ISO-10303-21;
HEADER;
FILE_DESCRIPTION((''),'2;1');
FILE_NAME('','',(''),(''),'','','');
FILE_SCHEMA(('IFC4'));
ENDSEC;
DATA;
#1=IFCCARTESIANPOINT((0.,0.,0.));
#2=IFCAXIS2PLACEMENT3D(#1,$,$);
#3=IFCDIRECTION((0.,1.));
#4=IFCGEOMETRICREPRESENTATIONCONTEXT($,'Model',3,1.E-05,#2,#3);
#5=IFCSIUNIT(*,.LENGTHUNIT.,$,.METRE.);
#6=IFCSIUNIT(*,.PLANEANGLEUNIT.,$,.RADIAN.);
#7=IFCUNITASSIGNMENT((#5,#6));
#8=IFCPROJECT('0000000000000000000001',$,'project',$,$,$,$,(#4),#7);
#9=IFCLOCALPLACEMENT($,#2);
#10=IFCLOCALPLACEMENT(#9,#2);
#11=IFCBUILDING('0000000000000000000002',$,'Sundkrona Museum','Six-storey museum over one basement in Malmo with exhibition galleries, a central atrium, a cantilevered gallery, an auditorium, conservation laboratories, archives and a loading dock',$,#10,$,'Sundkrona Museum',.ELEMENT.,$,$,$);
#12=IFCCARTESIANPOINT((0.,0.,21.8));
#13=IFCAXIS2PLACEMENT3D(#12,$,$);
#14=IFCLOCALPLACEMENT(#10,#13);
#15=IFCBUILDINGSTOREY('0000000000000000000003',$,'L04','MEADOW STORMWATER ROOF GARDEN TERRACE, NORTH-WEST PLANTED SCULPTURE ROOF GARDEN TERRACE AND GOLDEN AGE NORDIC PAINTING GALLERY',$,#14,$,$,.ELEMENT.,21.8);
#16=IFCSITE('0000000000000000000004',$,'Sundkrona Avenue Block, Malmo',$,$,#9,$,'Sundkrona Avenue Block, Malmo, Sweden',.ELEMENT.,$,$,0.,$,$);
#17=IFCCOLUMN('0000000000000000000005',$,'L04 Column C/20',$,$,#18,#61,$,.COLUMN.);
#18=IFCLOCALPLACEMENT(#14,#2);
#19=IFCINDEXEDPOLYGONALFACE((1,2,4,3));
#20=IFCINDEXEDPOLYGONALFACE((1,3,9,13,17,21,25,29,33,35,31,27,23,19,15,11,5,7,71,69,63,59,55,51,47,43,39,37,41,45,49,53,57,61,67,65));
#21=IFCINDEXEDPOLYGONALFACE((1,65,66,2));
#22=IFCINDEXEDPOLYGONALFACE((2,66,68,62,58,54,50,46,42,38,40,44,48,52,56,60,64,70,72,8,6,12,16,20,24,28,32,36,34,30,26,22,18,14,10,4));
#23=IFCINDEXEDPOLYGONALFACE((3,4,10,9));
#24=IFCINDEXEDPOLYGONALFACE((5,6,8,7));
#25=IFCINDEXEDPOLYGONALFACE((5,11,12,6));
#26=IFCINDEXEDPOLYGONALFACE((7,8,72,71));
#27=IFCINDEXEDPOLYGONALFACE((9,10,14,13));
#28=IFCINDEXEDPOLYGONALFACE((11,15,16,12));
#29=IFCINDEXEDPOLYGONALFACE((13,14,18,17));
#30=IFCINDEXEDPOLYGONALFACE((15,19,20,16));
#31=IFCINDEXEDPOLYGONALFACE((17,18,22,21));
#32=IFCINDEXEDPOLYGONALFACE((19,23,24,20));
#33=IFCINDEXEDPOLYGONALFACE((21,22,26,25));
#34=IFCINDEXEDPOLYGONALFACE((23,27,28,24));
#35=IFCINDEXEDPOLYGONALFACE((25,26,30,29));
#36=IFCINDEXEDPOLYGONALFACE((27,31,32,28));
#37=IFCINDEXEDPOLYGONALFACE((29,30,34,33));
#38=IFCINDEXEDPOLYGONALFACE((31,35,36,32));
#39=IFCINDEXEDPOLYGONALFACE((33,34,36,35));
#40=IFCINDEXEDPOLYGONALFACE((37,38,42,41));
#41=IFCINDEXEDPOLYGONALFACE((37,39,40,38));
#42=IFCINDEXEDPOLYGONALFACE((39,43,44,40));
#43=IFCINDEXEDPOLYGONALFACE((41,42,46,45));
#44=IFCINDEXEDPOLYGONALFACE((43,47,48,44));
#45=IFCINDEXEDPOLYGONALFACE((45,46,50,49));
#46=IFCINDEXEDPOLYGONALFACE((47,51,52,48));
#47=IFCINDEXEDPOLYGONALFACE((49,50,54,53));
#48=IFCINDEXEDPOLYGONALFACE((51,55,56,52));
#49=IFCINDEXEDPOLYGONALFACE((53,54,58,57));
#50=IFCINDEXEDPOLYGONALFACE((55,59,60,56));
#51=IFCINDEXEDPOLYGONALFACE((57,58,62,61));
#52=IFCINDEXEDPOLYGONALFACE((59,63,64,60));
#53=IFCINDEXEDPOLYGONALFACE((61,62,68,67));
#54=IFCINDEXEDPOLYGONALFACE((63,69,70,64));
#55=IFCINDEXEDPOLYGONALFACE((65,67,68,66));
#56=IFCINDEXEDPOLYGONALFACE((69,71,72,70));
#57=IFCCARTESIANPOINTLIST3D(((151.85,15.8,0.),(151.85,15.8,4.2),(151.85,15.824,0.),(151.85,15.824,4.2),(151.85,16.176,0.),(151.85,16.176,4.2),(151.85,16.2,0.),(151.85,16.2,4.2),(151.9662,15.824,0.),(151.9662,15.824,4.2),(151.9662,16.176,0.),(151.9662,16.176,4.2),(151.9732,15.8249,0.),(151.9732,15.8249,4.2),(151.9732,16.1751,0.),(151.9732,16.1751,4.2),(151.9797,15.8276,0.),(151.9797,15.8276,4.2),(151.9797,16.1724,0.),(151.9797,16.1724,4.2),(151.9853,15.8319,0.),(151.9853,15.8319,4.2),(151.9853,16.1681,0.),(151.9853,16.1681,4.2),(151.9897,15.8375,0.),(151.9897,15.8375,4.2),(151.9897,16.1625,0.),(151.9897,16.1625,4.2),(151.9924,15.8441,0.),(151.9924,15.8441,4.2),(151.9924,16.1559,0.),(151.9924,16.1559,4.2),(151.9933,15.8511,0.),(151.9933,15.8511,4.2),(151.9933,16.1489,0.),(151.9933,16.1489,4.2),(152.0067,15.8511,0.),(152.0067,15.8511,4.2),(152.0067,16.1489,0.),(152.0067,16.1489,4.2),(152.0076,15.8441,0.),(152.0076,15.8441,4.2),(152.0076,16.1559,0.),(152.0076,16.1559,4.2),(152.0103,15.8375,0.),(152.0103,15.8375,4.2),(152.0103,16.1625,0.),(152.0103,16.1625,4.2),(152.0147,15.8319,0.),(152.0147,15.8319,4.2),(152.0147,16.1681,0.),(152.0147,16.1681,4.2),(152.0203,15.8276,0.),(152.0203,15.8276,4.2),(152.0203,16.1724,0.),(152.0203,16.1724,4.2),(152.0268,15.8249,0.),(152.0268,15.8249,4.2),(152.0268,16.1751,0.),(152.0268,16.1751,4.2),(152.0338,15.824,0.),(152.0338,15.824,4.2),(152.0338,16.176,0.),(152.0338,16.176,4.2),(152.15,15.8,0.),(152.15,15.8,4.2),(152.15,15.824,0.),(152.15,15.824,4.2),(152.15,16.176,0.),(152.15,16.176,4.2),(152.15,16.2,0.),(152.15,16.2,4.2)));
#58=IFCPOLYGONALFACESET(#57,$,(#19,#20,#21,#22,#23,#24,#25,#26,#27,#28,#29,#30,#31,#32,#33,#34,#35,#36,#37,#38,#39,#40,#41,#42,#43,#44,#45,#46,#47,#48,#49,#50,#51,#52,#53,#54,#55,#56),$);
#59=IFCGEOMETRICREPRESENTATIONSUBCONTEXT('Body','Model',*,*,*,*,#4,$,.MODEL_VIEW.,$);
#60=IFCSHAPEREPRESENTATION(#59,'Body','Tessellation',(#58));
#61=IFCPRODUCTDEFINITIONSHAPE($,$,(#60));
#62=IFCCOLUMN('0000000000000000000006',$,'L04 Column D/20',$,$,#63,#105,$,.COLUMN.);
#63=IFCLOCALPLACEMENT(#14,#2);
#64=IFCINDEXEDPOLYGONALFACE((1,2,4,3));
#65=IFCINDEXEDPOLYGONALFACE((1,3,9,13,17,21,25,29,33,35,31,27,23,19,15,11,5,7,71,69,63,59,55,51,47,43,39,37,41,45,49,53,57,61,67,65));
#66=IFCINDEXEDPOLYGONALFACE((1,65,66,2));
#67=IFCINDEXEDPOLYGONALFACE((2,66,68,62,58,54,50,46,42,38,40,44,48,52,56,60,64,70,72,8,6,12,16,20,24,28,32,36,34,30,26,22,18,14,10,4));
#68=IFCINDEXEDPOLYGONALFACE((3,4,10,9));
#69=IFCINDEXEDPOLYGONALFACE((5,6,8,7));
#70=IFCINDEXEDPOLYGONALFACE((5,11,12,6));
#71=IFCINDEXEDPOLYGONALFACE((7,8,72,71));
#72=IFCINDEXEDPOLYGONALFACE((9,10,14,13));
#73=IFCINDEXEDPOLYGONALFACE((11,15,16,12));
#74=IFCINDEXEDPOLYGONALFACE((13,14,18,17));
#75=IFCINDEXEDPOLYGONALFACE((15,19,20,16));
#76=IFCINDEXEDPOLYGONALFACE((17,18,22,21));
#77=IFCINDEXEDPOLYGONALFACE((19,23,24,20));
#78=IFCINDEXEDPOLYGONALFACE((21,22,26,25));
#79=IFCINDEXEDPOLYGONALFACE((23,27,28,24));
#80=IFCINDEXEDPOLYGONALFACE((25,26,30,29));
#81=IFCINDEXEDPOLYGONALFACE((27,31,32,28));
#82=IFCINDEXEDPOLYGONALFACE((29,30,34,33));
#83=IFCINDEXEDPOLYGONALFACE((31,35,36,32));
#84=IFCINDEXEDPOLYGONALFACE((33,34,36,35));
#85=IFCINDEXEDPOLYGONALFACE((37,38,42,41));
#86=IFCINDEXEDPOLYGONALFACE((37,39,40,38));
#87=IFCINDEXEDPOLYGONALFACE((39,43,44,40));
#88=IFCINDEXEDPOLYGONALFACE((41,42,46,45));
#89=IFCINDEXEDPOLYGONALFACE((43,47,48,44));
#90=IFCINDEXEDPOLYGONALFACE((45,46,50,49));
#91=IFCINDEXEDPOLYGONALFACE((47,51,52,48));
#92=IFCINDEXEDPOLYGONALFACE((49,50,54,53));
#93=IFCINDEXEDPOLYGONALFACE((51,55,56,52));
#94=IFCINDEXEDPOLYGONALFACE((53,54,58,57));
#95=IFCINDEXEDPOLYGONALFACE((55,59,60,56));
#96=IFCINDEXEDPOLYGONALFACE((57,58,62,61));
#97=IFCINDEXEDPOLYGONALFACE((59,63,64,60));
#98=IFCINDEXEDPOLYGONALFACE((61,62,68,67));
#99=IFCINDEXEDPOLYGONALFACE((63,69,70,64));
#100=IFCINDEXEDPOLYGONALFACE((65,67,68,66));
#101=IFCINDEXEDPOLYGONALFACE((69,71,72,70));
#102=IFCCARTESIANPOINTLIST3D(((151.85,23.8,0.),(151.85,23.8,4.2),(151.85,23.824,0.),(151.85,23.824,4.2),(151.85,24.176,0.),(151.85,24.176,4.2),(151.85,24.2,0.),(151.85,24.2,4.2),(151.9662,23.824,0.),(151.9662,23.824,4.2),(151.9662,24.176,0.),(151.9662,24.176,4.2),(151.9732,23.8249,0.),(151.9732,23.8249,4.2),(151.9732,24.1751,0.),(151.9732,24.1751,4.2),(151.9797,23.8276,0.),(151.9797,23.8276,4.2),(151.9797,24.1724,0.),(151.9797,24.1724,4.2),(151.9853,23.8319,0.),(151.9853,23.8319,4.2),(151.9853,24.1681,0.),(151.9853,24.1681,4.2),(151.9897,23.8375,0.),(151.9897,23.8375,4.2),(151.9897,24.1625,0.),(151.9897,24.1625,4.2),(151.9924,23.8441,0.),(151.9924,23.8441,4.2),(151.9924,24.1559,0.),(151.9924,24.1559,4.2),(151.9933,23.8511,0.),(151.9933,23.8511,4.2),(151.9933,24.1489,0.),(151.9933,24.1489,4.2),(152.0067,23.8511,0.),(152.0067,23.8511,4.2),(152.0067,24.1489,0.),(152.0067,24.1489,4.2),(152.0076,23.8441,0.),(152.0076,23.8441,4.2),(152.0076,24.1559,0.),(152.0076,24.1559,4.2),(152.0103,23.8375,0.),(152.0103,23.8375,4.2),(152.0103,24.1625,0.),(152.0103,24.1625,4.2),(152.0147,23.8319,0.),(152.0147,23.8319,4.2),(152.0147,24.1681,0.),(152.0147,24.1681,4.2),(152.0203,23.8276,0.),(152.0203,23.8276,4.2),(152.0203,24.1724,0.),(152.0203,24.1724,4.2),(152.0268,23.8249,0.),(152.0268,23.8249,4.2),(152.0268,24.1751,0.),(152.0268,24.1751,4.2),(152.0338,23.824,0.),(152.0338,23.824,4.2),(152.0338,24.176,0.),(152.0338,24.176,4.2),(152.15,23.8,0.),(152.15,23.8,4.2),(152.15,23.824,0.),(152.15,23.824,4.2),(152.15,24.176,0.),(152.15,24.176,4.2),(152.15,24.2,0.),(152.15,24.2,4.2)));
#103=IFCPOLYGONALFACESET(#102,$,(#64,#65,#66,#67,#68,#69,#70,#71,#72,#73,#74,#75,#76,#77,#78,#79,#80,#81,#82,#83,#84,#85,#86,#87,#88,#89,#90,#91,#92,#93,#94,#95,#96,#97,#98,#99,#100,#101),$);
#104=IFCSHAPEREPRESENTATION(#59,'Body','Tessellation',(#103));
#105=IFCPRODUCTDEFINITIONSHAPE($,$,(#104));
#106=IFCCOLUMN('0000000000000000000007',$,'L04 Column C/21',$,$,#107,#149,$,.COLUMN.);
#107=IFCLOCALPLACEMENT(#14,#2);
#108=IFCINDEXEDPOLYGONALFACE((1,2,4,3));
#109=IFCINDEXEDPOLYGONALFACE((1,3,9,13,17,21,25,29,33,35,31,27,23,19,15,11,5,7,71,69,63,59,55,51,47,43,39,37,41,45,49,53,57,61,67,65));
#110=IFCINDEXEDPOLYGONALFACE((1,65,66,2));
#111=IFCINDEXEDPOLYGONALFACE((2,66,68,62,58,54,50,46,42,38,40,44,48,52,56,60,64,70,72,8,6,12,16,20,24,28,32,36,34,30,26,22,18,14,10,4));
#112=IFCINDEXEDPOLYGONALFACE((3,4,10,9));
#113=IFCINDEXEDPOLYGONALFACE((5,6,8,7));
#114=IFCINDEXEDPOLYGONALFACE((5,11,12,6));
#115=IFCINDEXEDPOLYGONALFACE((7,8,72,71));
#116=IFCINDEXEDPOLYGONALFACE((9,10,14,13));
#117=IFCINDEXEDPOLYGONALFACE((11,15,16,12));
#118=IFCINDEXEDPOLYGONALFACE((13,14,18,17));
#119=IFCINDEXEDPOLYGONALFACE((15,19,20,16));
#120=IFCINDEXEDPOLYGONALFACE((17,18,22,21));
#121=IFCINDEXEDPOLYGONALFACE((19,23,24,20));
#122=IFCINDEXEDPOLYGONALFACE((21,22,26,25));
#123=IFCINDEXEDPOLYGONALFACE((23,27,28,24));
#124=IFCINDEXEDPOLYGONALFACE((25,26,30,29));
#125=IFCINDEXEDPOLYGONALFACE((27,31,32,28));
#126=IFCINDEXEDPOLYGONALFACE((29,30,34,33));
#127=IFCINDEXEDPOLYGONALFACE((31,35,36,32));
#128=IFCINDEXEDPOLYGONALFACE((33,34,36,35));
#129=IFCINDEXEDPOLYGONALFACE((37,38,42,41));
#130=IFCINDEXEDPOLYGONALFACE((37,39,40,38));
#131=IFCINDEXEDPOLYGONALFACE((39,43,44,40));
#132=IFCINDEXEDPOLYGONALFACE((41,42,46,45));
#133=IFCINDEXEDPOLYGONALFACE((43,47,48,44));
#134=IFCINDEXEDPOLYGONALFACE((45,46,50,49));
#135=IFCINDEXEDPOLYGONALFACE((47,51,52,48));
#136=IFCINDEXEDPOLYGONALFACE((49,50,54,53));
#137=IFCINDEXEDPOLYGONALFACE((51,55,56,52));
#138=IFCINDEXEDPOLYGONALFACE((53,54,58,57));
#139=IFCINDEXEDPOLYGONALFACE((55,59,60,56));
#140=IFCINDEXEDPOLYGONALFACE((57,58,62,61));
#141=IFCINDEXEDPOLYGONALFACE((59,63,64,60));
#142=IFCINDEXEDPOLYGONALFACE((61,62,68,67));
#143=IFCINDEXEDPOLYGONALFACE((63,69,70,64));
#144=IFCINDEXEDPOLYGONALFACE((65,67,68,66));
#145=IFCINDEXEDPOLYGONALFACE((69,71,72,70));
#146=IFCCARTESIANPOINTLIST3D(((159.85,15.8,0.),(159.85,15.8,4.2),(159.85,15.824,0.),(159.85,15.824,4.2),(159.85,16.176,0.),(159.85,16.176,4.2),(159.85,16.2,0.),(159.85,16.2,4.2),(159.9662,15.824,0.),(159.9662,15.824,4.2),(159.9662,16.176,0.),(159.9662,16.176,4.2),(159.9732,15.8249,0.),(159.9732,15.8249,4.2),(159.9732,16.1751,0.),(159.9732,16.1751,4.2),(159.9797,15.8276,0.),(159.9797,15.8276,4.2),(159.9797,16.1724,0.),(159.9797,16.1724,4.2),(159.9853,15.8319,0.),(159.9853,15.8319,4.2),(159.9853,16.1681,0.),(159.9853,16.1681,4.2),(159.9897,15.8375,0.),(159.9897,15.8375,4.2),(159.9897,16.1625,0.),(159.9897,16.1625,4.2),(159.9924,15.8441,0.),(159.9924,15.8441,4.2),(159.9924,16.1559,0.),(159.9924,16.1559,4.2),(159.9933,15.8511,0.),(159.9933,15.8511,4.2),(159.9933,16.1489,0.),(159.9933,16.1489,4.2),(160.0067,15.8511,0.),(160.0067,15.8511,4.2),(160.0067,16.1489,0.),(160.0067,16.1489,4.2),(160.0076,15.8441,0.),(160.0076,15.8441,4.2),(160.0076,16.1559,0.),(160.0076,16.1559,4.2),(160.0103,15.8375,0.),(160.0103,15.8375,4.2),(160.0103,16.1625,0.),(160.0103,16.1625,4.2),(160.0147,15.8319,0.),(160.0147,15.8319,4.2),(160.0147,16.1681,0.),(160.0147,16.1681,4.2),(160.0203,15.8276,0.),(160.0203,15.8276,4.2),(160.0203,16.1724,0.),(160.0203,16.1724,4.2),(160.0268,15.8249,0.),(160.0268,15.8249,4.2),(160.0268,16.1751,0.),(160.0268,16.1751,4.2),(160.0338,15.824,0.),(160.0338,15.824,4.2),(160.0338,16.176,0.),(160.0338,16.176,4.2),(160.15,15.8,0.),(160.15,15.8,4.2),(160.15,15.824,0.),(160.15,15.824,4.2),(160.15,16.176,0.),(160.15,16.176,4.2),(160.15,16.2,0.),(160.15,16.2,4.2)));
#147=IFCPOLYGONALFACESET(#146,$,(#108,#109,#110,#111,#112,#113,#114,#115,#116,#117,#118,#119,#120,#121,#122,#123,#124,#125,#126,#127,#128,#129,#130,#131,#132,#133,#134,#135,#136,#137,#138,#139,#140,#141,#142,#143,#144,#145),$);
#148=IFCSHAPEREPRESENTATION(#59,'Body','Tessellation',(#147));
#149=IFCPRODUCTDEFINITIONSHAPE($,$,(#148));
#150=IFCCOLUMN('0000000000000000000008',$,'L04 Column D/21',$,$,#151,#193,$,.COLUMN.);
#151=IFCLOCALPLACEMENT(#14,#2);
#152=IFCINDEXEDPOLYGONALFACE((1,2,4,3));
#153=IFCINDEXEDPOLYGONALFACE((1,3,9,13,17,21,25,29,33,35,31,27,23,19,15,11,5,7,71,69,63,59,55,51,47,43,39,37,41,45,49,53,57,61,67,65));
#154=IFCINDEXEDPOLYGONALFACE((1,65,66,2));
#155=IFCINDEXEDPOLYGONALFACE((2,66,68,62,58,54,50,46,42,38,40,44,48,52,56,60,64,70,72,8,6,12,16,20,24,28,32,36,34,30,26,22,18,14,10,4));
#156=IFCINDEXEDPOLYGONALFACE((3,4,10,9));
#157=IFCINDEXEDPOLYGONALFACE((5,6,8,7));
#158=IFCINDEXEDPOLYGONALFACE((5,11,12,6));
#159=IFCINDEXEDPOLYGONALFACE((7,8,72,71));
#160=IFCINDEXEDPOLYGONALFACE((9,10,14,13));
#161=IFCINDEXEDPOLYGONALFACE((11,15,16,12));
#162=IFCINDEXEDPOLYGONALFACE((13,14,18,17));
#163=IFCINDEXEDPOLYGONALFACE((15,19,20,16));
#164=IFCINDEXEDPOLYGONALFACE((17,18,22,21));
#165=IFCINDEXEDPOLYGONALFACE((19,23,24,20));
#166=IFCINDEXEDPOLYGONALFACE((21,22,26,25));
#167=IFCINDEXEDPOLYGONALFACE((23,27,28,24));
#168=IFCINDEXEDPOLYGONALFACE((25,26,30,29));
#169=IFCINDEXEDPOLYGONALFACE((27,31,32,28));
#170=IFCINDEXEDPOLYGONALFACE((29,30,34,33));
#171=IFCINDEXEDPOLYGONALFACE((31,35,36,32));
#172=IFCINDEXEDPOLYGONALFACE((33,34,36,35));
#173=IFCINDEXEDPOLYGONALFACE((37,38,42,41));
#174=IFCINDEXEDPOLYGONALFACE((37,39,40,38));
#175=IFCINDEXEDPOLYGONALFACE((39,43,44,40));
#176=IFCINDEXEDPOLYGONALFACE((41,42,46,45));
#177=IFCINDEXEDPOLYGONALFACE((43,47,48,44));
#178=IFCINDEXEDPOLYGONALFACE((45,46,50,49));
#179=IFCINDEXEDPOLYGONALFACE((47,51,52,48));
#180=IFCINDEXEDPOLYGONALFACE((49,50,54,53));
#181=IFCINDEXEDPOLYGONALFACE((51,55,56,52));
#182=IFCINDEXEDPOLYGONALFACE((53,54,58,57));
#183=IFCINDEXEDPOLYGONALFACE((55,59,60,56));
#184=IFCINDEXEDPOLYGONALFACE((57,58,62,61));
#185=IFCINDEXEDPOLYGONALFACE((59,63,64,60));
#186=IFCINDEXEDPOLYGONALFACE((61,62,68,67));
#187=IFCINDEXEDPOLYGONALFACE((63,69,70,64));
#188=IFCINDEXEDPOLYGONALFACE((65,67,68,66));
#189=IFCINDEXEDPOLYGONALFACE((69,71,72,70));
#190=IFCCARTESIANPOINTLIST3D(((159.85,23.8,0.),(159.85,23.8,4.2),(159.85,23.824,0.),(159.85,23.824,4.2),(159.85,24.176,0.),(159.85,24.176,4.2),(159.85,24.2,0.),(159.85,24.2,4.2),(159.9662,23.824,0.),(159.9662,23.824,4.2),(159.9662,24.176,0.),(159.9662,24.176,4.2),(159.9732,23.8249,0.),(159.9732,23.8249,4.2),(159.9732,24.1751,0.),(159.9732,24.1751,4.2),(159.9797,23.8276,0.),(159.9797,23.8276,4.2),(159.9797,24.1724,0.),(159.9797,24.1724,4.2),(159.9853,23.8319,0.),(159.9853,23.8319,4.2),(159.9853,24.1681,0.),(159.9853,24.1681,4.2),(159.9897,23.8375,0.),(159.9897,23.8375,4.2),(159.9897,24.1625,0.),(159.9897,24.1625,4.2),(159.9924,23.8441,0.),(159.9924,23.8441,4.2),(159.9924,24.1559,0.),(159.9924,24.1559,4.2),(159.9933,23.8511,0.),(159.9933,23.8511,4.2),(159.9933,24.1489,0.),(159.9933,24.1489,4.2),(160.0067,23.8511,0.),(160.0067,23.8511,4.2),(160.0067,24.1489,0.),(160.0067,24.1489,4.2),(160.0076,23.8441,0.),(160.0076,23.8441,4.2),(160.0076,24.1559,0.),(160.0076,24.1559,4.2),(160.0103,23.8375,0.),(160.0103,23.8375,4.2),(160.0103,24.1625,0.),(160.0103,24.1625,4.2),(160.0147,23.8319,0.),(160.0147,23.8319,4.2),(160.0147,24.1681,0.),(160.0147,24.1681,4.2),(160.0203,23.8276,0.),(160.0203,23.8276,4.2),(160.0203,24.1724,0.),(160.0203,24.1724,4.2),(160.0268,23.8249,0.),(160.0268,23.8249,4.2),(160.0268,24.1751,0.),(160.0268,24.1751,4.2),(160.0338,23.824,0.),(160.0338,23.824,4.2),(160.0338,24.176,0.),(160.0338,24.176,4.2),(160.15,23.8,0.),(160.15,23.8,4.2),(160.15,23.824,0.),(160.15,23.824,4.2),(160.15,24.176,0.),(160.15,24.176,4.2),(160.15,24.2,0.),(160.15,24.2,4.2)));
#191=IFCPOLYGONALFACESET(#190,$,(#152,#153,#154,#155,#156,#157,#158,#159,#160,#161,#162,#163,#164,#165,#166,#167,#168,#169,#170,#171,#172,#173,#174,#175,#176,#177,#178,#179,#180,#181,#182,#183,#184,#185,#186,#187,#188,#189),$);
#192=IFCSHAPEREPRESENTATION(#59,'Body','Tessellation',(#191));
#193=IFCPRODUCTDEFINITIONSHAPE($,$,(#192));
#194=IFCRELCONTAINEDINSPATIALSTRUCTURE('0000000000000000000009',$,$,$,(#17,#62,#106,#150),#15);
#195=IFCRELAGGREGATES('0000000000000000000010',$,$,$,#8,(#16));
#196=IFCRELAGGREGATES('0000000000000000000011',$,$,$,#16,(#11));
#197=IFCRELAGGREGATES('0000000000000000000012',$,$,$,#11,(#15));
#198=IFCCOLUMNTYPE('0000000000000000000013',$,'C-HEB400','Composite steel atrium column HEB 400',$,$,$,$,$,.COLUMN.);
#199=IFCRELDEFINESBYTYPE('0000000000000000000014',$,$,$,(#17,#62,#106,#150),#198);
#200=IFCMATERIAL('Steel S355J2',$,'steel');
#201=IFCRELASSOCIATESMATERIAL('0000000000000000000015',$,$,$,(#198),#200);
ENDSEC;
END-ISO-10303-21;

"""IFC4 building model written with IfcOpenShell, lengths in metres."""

from ifc_helpers import new_model, si_unit, direction, frame, origin, origin_2d, place, context, subcontext, project, spatial, i_section, extrude, material, material_profile, profile_set, type_object, element, save


model = new_model("IFC4")

# Units and contexts
model_context = context("Model", 3, precision=1e-05, world=origin(), true_north=direction((0.0, 1.0)))
body_context = subcontext(model_context, "Body", "Model", "MODEL_VIEW")
ifc_project = project(units=[si_unit("LENGTHUNIT", "METRE"), si_unit("PLANEANGLEUNIT", "RADIAN")], contexts=[model_context])

# Site, building, storey
site_placement = place(None, origin())
site = spatial("IfcSite", under=ifc_project, at=site_placement, Name="Sundkrona Avenue Block, Malmo", LongName="Sundkrona Avenue Block, Malmo, Sweden", CompositionType="ELEMENT", RefElevation=0.0)
building_placement = place(site_placement, origin())
building = spatial("IfcBuilding", under=site, at=building_placement, Name="Sundkrona Museum", Description="Six-storey museum over one basement in Malmo with exhibition galleries, a central atrium, a cantilevered gallery, an auditorium, conservation laboratories, archives and a loading dock", LongName="Sundkrona Museum", CompositionType="ELEMENT")
storey_placement = place(building_placement, frame((0.0, 0.0, 21.8)))
storey = spatial("IfcBuildingStorey", under=building, at=storey_placement, Name="L04", Description="MEADOW STORMWATER ROOF GARDEN TERRACE, NORTH-WEST PLANTED SCULPTURE ROOF GARDEN TERRACE AND GOLDEN AGE NORDIC PAINTING GALLERY", CompositionType="ELEMENT", Elevation=21.8)

# Columns
ifc_material_1 = material(Name="Steel S355J2", Category="steel")
ifc_material_profile_1 = material_profile(ifc_material_1, i_section(OverallWidth=0.3, OverallDepth=0.3999, WebThickness=0.0134, FlangeThickness=0.0239, FilletRadius=0.0271, at=origin_2d()), Name="HEB 400")
ifc_profile_set_1 = profile_set([ifc_material_profile_1], Name="Steel S355J2")
column_type = type_object("IfcColumnType", Name="C-HEB400", Description="Composite steel atrium column HEB 400", PredefinedType="COLUMN", material=ifc_profile_set_1)
for number, where, z_axis, x_axis, name in (
    (1, (152.0, 16.0, 0.0), (0.0, 0.0, 1.0), (1.0, 0.0, 0.0), "L04 Column C/20"),
    (2, (152.0, 24.0, 0.0), (0.0, 0.0, 1.0), (1.0, 0.0, 0.0), "L04 Column D/20"),
    (3, (160.0, 16.0, 0.0), (0.0, 0.0, 1.0), (1.0, 0.0, 0.0), "L04 Column C/21"),
    (4, (160.0, 24.0, 0.0), (0.0, 0.0, 1.0), (1.0, 0.0, 0.0), "L04 Column D/21"),
):
    element("IfcColumn", number, at=place(storey_placement, frame(where, z_axis=z_axis, x_axis=x_axis)), inside=storey, type_object=column_type, Name=name, PredefinedType="COLUMN", context=body_context, shape_type="SweptSolid", body=[
        extrude(i_section(OverallWidth=0.3, OverallDepth=0.3999, WebThickness=0.0134, FlangeThickness=0.0239, FilletRadius=0.0271, at=origin_2d()), origin(), (0.0, 0.0, 1.0), 4.2),
    ])

save(model, "model.ifc")
